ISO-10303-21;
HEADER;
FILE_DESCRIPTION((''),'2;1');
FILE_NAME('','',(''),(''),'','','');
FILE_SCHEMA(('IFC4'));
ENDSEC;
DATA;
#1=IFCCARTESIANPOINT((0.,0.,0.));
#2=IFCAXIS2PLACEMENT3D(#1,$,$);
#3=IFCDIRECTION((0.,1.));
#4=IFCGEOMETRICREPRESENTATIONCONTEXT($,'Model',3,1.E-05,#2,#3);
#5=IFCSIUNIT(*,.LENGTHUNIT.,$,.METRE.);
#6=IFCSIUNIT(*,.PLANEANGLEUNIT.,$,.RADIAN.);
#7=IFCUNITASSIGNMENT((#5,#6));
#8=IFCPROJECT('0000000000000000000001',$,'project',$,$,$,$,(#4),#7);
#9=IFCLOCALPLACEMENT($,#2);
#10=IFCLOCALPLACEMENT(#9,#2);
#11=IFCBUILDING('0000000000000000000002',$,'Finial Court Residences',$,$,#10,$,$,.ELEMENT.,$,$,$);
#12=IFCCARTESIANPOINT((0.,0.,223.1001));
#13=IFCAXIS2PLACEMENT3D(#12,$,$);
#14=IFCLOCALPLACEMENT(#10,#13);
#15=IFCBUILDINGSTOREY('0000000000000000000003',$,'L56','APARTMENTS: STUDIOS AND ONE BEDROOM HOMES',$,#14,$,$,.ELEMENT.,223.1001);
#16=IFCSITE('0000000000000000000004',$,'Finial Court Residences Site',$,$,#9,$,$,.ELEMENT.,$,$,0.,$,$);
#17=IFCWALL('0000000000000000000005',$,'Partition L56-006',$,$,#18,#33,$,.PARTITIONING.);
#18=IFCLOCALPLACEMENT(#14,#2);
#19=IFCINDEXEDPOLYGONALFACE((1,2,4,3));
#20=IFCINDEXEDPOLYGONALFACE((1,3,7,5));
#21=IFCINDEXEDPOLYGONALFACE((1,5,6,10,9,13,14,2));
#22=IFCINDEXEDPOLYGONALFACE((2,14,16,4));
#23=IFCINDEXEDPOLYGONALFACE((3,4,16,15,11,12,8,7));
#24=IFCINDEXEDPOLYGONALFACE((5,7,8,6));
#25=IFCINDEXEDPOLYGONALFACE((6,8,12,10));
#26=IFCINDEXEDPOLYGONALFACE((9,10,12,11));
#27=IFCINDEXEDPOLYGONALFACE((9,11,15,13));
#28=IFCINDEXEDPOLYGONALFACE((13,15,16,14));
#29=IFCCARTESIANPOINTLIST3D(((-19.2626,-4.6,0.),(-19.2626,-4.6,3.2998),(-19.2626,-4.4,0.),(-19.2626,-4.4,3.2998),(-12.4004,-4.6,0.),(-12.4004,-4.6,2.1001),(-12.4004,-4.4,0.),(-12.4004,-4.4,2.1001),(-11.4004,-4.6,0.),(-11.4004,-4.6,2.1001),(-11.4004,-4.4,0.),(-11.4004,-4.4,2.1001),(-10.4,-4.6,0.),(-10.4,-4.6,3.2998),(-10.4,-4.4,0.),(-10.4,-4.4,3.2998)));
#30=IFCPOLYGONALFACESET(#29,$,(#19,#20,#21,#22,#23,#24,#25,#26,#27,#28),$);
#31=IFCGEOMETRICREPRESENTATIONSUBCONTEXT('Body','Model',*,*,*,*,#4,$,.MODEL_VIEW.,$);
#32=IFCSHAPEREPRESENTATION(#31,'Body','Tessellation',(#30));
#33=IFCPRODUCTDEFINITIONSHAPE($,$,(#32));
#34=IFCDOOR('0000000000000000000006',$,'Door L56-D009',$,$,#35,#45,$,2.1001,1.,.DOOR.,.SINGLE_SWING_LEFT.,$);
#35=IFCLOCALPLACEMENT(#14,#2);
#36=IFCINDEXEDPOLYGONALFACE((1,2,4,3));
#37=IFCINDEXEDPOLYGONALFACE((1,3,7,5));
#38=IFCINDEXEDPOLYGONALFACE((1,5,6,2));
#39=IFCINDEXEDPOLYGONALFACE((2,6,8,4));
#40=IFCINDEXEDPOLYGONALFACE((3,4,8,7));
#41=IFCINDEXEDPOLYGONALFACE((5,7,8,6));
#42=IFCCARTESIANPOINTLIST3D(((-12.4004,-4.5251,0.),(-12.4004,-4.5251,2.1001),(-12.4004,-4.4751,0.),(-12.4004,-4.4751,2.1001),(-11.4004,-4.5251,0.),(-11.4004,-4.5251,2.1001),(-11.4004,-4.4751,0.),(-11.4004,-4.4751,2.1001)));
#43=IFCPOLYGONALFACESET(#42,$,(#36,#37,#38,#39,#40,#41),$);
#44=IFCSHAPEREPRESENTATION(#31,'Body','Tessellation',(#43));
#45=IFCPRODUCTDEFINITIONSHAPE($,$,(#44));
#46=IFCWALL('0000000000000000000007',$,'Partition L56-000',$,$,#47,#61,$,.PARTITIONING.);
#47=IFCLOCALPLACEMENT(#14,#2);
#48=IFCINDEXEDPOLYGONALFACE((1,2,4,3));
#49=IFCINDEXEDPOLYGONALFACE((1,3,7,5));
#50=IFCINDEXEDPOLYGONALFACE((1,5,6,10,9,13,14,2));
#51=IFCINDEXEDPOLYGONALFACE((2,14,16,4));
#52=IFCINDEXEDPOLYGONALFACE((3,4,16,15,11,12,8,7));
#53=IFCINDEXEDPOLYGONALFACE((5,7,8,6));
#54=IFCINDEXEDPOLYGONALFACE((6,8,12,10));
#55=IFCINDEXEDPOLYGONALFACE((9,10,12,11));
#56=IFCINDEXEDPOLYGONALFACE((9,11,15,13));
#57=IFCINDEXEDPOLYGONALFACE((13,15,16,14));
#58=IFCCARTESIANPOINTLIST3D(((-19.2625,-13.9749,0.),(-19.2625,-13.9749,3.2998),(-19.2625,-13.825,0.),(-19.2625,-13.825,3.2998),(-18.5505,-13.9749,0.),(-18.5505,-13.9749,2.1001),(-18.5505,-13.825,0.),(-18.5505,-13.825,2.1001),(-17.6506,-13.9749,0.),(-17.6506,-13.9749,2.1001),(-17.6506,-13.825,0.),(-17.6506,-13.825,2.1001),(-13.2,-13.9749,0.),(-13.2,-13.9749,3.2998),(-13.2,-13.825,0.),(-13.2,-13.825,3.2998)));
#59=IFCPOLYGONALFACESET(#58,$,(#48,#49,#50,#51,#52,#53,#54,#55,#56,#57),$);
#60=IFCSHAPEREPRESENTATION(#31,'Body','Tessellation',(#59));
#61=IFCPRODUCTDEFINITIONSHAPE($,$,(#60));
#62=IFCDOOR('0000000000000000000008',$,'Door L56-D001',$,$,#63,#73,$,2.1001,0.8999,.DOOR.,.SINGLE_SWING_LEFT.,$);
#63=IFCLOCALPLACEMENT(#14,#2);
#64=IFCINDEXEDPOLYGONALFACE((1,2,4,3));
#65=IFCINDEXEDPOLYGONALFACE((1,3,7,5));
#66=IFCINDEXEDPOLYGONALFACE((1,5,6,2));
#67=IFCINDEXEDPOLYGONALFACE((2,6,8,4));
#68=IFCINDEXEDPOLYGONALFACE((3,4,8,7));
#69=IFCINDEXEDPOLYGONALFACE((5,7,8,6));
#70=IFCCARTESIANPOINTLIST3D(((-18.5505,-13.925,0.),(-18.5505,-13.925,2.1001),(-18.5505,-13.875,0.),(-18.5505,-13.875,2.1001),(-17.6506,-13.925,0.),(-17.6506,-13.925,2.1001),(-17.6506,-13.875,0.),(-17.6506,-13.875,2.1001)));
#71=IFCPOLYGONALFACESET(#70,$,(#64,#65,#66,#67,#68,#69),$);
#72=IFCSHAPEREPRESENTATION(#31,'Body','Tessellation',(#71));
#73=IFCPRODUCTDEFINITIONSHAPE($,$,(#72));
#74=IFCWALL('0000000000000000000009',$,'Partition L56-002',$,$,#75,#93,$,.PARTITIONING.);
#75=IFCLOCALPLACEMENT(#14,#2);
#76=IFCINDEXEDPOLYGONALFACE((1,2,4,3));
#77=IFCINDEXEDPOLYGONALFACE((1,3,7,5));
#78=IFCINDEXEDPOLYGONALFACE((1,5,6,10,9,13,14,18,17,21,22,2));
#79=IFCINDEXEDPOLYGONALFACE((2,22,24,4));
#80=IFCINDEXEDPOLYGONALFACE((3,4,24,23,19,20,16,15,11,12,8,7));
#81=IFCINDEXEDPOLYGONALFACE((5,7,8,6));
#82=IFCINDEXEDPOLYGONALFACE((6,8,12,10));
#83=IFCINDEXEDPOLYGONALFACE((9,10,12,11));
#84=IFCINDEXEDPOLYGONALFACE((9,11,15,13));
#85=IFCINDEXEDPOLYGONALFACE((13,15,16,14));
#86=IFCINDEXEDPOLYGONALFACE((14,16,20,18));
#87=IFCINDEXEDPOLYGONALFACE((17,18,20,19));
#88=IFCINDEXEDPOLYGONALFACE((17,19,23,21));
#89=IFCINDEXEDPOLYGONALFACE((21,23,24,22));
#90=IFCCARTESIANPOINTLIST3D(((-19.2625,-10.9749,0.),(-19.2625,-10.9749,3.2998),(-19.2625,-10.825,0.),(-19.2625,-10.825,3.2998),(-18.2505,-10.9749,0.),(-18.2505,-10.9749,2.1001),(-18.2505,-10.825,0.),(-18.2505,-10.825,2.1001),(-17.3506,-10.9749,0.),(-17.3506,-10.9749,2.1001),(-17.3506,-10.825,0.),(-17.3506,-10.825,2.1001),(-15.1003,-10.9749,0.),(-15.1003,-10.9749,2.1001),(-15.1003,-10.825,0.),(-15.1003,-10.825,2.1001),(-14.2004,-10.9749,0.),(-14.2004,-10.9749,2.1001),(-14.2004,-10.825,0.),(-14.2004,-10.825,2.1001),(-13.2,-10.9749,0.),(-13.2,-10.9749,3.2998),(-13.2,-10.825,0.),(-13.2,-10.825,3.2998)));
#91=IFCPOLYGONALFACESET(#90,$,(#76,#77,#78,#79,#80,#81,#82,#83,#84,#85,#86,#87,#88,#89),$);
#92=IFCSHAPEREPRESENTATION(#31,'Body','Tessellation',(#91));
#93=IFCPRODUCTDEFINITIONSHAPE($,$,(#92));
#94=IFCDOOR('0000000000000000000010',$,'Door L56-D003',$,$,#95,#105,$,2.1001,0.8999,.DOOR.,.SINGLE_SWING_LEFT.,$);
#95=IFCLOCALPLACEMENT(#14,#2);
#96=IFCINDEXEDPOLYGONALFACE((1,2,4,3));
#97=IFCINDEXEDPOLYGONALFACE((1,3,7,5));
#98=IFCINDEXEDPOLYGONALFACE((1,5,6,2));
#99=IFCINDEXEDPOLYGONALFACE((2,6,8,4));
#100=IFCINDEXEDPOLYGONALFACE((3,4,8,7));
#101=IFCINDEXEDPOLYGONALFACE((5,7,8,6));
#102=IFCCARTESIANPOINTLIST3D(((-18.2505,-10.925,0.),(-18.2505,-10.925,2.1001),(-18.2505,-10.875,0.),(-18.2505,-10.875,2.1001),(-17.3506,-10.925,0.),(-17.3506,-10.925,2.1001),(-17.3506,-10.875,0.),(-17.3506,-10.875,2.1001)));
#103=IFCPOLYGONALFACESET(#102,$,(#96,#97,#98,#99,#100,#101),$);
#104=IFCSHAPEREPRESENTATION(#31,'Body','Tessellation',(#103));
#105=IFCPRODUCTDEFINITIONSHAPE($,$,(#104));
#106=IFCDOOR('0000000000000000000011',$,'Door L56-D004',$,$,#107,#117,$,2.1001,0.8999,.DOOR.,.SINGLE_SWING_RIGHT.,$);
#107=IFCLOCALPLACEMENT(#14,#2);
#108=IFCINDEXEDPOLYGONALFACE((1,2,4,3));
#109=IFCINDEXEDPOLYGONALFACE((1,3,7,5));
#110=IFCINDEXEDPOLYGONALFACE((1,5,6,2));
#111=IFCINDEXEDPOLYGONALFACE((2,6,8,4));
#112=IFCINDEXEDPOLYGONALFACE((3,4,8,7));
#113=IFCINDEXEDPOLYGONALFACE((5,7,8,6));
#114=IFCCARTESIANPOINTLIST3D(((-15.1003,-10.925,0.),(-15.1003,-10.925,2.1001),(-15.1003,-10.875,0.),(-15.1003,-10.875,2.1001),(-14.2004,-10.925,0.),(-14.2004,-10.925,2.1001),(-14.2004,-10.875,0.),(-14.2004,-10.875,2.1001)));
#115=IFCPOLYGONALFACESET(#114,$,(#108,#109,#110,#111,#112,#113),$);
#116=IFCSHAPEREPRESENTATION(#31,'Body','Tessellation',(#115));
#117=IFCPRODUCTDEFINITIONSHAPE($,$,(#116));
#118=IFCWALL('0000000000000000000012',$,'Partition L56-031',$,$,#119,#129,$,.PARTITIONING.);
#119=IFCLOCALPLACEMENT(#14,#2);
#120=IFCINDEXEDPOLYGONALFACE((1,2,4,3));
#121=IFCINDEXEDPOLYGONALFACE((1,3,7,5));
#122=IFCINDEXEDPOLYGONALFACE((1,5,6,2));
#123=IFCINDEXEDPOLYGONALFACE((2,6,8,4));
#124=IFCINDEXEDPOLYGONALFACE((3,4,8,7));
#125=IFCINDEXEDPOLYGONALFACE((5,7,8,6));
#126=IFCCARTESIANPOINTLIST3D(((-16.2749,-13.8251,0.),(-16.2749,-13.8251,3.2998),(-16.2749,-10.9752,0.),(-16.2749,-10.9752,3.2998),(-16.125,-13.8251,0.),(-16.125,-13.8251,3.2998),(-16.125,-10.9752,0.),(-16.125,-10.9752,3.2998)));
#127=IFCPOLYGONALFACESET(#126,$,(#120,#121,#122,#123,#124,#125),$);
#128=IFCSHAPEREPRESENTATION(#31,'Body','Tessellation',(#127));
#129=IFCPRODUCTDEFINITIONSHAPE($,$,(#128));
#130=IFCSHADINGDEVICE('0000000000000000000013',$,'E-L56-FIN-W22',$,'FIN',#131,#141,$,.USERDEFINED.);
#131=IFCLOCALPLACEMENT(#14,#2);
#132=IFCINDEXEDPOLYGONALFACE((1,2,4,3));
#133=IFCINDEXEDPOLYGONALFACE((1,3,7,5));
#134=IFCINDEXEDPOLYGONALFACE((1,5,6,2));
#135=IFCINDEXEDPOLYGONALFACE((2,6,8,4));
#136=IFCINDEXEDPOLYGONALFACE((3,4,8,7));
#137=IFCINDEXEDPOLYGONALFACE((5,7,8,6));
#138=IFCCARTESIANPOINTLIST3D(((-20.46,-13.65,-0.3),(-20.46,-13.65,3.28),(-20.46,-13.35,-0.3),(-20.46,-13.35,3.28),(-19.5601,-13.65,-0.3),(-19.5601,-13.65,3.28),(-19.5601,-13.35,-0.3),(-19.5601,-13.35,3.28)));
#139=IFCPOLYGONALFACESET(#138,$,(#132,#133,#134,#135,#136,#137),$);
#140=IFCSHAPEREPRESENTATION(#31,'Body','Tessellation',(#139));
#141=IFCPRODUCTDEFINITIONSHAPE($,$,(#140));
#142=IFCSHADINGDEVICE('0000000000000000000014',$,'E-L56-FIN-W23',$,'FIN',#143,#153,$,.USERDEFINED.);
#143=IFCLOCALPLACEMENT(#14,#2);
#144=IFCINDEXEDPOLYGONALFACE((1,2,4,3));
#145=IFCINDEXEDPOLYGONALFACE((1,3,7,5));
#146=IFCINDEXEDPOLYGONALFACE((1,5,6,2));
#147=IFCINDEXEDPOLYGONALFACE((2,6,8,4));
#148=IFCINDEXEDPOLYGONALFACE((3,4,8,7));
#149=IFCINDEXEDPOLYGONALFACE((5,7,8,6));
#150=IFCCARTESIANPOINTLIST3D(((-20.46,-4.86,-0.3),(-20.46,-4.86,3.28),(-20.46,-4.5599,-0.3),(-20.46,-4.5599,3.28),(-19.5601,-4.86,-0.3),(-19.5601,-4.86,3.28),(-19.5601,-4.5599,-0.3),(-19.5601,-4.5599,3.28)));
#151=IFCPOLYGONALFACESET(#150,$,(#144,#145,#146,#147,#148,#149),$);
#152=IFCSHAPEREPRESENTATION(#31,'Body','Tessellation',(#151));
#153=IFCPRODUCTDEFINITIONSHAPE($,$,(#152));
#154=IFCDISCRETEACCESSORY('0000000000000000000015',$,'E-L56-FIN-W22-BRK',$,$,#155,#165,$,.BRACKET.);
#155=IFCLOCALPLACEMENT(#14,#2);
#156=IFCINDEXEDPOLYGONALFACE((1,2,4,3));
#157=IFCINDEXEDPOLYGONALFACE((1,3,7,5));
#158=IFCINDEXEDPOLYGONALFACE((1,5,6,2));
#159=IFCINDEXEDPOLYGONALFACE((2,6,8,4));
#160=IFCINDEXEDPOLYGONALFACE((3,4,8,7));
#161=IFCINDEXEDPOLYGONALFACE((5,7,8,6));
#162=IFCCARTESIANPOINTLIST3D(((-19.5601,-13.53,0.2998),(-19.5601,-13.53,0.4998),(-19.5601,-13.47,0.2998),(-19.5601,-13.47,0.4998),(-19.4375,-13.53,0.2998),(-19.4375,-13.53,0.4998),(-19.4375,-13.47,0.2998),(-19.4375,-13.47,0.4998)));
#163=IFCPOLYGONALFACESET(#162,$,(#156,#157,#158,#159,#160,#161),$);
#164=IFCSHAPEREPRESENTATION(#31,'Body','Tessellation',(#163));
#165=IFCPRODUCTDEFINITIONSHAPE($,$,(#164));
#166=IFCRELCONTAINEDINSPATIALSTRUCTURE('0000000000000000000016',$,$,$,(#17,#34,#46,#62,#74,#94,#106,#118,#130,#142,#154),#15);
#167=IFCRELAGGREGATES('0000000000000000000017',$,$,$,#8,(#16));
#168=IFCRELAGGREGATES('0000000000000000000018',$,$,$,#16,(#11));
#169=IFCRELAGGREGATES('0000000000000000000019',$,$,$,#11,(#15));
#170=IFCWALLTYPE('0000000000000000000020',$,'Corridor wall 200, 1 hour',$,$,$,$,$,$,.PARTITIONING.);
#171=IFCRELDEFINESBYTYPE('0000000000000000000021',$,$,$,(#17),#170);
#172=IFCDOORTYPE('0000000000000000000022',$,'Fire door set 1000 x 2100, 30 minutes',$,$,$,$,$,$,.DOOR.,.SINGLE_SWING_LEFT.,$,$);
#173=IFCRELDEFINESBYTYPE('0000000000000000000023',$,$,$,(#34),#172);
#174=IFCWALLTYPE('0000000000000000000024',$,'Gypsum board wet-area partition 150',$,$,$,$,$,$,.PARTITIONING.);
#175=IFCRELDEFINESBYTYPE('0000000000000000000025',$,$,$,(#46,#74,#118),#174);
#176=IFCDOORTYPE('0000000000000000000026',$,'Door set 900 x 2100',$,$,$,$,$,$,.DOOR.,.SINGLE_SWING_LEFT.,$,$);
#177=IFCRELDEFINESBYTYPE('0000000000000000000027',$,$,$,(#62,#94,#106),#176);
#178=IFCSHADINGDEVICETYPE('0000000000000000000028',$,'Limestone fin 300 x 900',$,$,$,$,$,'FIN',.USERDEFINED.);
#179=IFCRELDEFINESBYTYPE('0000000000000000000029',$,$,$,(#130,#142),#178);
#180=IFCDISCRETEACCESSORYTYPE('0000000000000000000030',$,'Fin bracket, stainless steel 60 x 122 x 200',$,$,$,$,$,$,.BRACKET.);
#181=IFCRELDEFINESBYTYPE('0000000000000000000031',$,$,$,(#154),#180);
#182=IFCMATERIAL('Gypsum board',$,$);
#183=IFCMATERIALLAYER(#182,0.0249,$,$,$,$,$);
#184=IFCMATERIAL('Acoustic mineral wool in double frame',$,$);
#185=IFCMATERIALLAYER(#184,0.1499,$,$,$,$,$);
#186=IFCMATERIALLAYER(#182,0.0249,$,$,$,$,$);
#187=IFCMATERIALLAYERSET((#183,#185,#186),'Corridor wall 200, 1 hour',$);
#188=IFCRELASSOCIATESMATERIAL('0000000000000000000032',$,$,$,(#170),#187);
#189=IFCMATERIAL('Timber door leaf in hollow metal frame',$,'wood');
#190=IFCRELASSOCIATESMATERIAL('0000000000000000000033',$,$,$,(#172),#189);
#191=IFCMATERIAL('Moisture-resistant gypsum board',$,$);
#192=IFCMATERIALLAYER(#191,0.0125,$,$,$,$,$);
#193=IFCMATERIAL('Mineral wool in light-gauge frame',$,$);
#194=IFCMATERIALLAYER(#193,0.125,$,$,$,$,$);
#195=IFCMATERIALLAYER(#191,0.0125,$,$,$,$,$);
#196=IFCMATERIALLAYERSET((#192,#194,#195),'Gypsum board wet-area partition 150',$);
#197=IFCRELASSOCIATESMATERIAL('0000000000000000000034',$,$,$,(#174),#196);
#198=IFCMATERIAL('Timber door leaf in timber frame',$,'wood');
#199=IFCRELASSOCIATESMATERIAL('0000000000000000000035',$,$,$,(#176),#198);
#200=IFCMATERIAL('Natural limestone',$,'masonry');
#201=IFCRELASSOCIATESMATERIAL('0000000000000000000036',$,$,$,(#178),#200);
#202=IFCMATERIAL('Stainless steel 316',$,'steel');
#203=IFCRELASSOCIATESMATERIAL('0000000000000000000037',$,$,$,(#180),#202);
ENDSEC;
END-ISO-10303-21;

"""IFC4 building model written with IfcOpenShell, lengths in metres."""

from ifc_helpers import new_model, si_unit, direction, frame, frame_2d, origin, origin_2d, place, context, subcontext, project, spatial, rectangle, extrude, material, layer, layer_set, type_object, element, fill, save


model = new_model("IFC4")

# Units and contexts
model_context = context("Model", 3, precision=1e-05, world=origin(), true_north=direction((0.0, 1.0)))
body_context = subcontext(model_context, "Body", "Model", "MODEL_VIEW")
ifc_project = project(units=[si_unit("LENGTHUNIT", "METRE"), si_unit("PLANEANGLEUNIT", "RADIAN")], contexts=[model_context])

# Site, building, storey
site_placement = place(None, origin())
site = spatial("IfcSite", under=ifc_project, at=site_placement, Name="Finial Court Residences Site", CompositionType="ELEMENT", RefElevation=0.0)
building_placement = place(site_placement, origin())
building = spatial("IfcBuilding", under=site, at=building_placement, Name="Finial Court Residences", CompositionType="ELEMENT")
storey_placement = place(building_placement, frame((0.0, 0.0, 223.1001)))
storey = spatial("IfcBuildingStorey", under=building, at=storey_placement, Name="L56", Description="APARTMENTS: STUDIOS AND ONE BEDROOM HOMES", CompositionType="ELEMENT", Elevation=223.1001)

# Walls, openings, doors
ifc_material_1 = material(Name="Gypsum board")
ifc_layer_1 = layer(ifc_material_1, 0.0249)
ifc_material_2 = material(Name="Acoustic mineral wool in double frame")
ifc_layer_2 = layer(ifc_material_2, 0.1499)
ifc_layer_3 = layer(ifc_material_1, 0.0249)
ifc_layer_set_1 = layer_set([ifc_layer_1, ifc_layer_2, ifc_layer_3], Name="Corridor wall 200, 1 hour")
wall_type_1 = type_object("IfcWallType", Name="Corridor wall 200, 1 hour", PredefinedType="PARTITIONING", material=ifc_layer_set_1)
ifc_material_3 = material(Name="Timber door leaf in hollow metal frame", Category="wood")
door_type_1 = type_object("IfcDoorType", Name="Fire door set 1000 x 2100, 30 minutes", OperationType="SINGLE_SWING_LEFT", PredefinedType="DOOR", material=ifc_material_3)
wall_1_placement = place(storey_placement, frame((-19.2625, -4.5, 0.0), z_axis=(0.0, 0.0, 1.0), x_axis=(1.0, 0.0, 0.0)))
wall_1 = element("IfcWall", 1, at=wall_1_placement, inside=storey, type_object=wall_type_1, Name="Partition L56-006", PredefinedType="PARTITIONING", context=body_context, shape_type="SweptSolid", body=[
    extrude(rectangle(XDim=8.8625, YDim=0.2, at=frame_2d((4.4312, 0.0))), origin(), (0.0, 0.0, 1.0), 3.2998),
])
opening_1_placement = place(wall_1_placement, frame((6.8621, 0.0, 0.0)))
opening_1 = element("IfcOpeningElement", 2, at=opening_1_placement, cuts=wall_1, PredefinedType="OPENING", context=body_context, shape_type="SweptSolid", body=[
    extrude(rectangle(XDim=1.0, YDim=2.1001, at=frame_2d((0.5, 1.05))), frame((0.0, 0.1099, 0.0), z_axis=(0.0, -1.0, 0.0), x_axis=(1.0, 0.0, 0.0)), (0.0, 0.0, 1.0), 0.22),
])
door_1_placement = place(opening_1_placement, origin())
door_1 = element("IfcDoor", 3, at=door_1_placement, inside=storey, type_object=door_type_1, Name="Door L56-D009", OperationType="SINGLE_SWING_LEFT", OverallHeight=2.1001, OverallWidth=1.0, PredefinedType="DOOR", context=body_context, shape_type="SweptSolid", body=[
    extrude(rectangle(XDim=1.0, YDim=2.1001, at=frame_2d((0.5, 1.05))), frame((0.0, 0.0249, 0.0), z_axis=(0.0, -1.0, 0.0), x_axis=(1.0, 0.0, 0.0)), (0.0, 0.0, 1.0), 0.05),
])
fill(opening_1, door_1)
ifc_material_4 = material(Name="Moisture-resistant gypsum board")
ifc_layer_4 = layer(ifc_material_4, 0.0125)
ifc_material_5 = material(Name="Mineral wool in light-gauge frame")
ifc_layer_5 = layer(ifc_material_5, 0.125)
ifc_layer_6 = layer(ifc_material_4, 0.0125)
ifc_layer_set_2 = layer_set([ifc_layer_4, ifc_layer_5, ifc_layer_6], Name="Gypsum board wet-area partition 150")
wall_type_2 = type_object("IfcWallType", Name="Gypsum board wet-area partition 150", PredefinedType="PARTITIONING", material=ifc_layer_set_2)
wall_2_placement = place(storey_placement, frame((-19.2625, -13.8999, 0.0), z_axis=(0.0, 0.0, 1.0), x_axis=(1.0, 0.0, 0.0)))
wall_2 = element("IfcWall", 4, at=wall_2_placement, inside=storey, type_object=wall_type_2, Name="Partition L56-000", PredefinedType="PARTITIONING", context=body_context, shape_type="SweptSolid", body=[
    extrude(rectangle(XDim=6.0625, YDim=0.1499, at=frame_2d((3.0312, 0.0))), origin(), (0.0, 0.0, 1.0), 3.2998),
])
opening_2_placement = place(wall_2_placement, frame((0.7119, 0.0, 0.0)))
opening_2 = element("IfcOpeningElement", 5, at=opening_2_placement, cuts=wall_2, PredefinedType="OPENING", context=body_context, shape_type="SweptSolid", body=[
    extrude(rectangle(XDim=0.8999, YDim=2.1001, at=frame_2d((0.45, 1.05))), frame((0.0, 0.085, 0.0), z_axis=(0.0, -1.0, 0.0), x_axis=(1.0, 0.0, 0.0)), (0.0, 0.0, 1.0), 0.1699),
])
ifc_material_6 = material(Name="Timber door leaf in timber frame", Category="wood")
door_type_2 = type_object("IfcDoorType", Name="Door set 900 x 2100", OperationType="SINGLE_SWING_LEFT", PredefinedType="DOOR", material=ifc_material_6)
door_2_placement = place(opening_2_placement, origin())
door_2 = element("IfcDoor", 6, at=door_2_placement, inside=storey, type_object=door_type_2, Name="Door L56-D001", OperationType="SINGLE_SWING_LEFT", OverallHeight=2.1001, OverallWidth=0.8999, PredefinedType="DOOR", context=body_context, shape_type="SweptSolid", body=[
    extrude(rectangle(XDim=0.8999, YDim=2.1001, at=frame_2d((0.45, 1.05))), frame((0.0, 0.0249, 0.0), z_axis=(0.0, -1.0, 0.0), x_axis=(1.0, 0.0, 0.0)), (0.0, 0.0, 1.0), 0.05),
])
fill(opening_2, door_2)

# Wall, openings, doors
wall_3_placement = place(storey_placement, frame((-19.2625, -10.8999, 0.0), z_axis=(0.0, 0.0, 1.0), x_axis=(1.0, 0.0, 0.0)))
wall_3 = element("IfcWall", 7, at=wall_3_placement, inside=storey, type_object=wall_type_2, Name="Partition L56-002", PredefinedType="PARTITIONING", context=body_context, shape_type="SweptSolid", body=[
    extrude(rectangle(XDim=6.0625, YDim=0.1499, at=frame_2d((3.0312, 0.0))), origin(), (0.0, 0.0, 1.0), 3.2998),
])
opening_3_placement = place(wall_3_placement, frame((1.012, 0.0, 0.0)))
opening_3 = element("IfcOpeningElement", 8, at=opening_3_placement, cuts=wall_3, PredefinedType="OPENING", context=body_context, shape_type="SweptSolid", body=[
    extrude(rectangle(XDim=0.8999, YDim=2.1001, at=frame_2d((0.45, 1.05))), frame((0.0, 0.085, 0.0), z_axis=(0.0, -1.0, 0.0), x_axis=(1.0, 0.0, 0.0)), (0.0, 0.0, 1.0), 0.1699),
])
opening_4_placement = place(wall_3_placement, frame((4.1621, 0.0, 0.0)))
opening_4 = element("IfcOpeningElement", 9, at=opening_4_placement, cuts=wall_3, PredefinedType="OPENING", context=body_context, shape_type="SweptSolid", body=[
    extrude(rectangle(XDim=0.8999, YDim=2.1001, at=frame_2d((0.45, 1.05))), frame((0.0, 0.085, 0.0), z_axis=(0.0, -1.0, 0.0), x_axis=(1.0, 0.0, 0.0)), (0.0, 0.0, 1.0), 0.1699),
])
door_3_placement = place(opening_3_placement, origin())
door_3 = element("IfcDoor", 10, at=door_3_placement, inside=storey, type_object=door_type_2, Name="Door L56-D003", OperationType="SINGLE_SWING_LEFT", OverallHeight=2.1001, OverallWidth=0.8999, PredefinedType="DOOR", context=body_context, shape_type="SweptSolid", body=[
    extrude(rectangle(XDim=0.8999, YDim=2.1001, at=frame_2d((0.45, 1.05))), frame((0.0, 0.0249, 0.0), z_axis=(0.0, -1.0, 0.0), x_axis=(1.0, 0.0, 0.0)), (0.0, 0.0, 1.0), 0.05),
])
fill(opening_3, door_3)
door_4_placement = place(opening_4_placement, origin())
door_4 = element("IfcDoor", 11, at=door_4_placement, inside=storey, type_object=door_type_2, Name="Door L56-D004", OperationType="SINGLE_SWING_RIGHT", OverallHeight=2.1001, OverallWidth=0.8999, PredefinedType="DOOR", context=body_context, shape_type="SweptSolid", body=[
    extrude(rectangle(XDim=0.8999, YDim=2.1001, at=frame_2d((0.45, 1.05))), frame((0.0, 0.0249, 0.0), z_axis=(0.0, -1.0, 0.0), x_axis=(1.0, 0.0, 0.0)), (0.0, 0.0, 1.0), 0.05),
])
fill(opening_4, door_4)

# Wall
wall_4_placement = place(storey_placement, frame((-16.2, -13.825, 0.0), z_axis=(0.0, 0.0, 1.0), x_axis=(0.0, 1.0, 0.0)))
element("IfcWall", 12, at=wall_4_placement, inside=storey, type_object=wall_type_2, Name="Partition L56-031", PredefinedType="PARTITIONING", context=body_context, shape_type="SweptSolid", body=[
    extrude(rectangle(XDim=2.8499, YDim=0.1499, at=frame_2d((1.4248, 0.0))), origin(), (0.0, 0.0, 1.0), 3.2998),
])

# Shading devices
ifc_material_7 = material(Name="Natural limestone", Category="masonry")
shading_device_type = type_object("IfcShadingDeviceType", Name="Limestone fin 300 x 900", ElementType="FIN", PredefinedType="USERDEFINED", material=ifc_material_7)
for number, where, z_axis, x_axis, name in (
    (13, (-20.01, -13.5, -0.3), (0.0, 0.0, 1.0), (1.0, 0.0, 0.0), "E-L56-FIN-W22"),
    (14, (-20.01, -4.71, -0.3), (0.0, 0.0, 1.0), (1.0, 0.0, 0.0), "E-L56-FIN-W23"),
):
    element("IfcShadingDevice", number, at=place(storey_placement, frame(where, z_axis=z_axis, x_axis=x_axis)), inside=storey, type_object=shading_device_type, Name=name, ObjectType="FIN", PredefinedType="USERDEFINED", context=body_context, shape_type="SweptSolid", body=[
        extrude(rectangle(XDim=0.8999, YDim=0.3, at=origin_2d()), origin(), (0.0, 0.0, 1.0), 3.5801),
    ])

# Discrete accessory
ifc_material_8 = material(Name="Stainless steel 316", Category="steel")
discrete_accessory_type = type_object("IfcDiscreteAccessoryType", Name="Fin bracket, stainless steel 60 x 122 x 200", PredefinedType="BRACKET", material=ifc_material_8)
discrete_accessory_placement = place(storey_placement, frame((-19.4988, -13.5, 0.2998), z_axis=(0.0, 0.0, 1.0), x_axis=(1.0, 0.0, 0.0)))
element("IfcDiscreteAccessory", 15, at=discrete_accessory_placement, inside=storey, type_object=discrete_accessory_type, Name="E-L56-FIN-W22-BRK", PredefinedType="BRACKET", context=body_context, shape_type="SweptSolid", body=[
    extrude(rectangle(XDim=0.1226, YDim=0.0601, at=origin_2d()), origin(), (0.0, 0.0, 1.0), 0.2),
])

save(model, "model.ifc")
